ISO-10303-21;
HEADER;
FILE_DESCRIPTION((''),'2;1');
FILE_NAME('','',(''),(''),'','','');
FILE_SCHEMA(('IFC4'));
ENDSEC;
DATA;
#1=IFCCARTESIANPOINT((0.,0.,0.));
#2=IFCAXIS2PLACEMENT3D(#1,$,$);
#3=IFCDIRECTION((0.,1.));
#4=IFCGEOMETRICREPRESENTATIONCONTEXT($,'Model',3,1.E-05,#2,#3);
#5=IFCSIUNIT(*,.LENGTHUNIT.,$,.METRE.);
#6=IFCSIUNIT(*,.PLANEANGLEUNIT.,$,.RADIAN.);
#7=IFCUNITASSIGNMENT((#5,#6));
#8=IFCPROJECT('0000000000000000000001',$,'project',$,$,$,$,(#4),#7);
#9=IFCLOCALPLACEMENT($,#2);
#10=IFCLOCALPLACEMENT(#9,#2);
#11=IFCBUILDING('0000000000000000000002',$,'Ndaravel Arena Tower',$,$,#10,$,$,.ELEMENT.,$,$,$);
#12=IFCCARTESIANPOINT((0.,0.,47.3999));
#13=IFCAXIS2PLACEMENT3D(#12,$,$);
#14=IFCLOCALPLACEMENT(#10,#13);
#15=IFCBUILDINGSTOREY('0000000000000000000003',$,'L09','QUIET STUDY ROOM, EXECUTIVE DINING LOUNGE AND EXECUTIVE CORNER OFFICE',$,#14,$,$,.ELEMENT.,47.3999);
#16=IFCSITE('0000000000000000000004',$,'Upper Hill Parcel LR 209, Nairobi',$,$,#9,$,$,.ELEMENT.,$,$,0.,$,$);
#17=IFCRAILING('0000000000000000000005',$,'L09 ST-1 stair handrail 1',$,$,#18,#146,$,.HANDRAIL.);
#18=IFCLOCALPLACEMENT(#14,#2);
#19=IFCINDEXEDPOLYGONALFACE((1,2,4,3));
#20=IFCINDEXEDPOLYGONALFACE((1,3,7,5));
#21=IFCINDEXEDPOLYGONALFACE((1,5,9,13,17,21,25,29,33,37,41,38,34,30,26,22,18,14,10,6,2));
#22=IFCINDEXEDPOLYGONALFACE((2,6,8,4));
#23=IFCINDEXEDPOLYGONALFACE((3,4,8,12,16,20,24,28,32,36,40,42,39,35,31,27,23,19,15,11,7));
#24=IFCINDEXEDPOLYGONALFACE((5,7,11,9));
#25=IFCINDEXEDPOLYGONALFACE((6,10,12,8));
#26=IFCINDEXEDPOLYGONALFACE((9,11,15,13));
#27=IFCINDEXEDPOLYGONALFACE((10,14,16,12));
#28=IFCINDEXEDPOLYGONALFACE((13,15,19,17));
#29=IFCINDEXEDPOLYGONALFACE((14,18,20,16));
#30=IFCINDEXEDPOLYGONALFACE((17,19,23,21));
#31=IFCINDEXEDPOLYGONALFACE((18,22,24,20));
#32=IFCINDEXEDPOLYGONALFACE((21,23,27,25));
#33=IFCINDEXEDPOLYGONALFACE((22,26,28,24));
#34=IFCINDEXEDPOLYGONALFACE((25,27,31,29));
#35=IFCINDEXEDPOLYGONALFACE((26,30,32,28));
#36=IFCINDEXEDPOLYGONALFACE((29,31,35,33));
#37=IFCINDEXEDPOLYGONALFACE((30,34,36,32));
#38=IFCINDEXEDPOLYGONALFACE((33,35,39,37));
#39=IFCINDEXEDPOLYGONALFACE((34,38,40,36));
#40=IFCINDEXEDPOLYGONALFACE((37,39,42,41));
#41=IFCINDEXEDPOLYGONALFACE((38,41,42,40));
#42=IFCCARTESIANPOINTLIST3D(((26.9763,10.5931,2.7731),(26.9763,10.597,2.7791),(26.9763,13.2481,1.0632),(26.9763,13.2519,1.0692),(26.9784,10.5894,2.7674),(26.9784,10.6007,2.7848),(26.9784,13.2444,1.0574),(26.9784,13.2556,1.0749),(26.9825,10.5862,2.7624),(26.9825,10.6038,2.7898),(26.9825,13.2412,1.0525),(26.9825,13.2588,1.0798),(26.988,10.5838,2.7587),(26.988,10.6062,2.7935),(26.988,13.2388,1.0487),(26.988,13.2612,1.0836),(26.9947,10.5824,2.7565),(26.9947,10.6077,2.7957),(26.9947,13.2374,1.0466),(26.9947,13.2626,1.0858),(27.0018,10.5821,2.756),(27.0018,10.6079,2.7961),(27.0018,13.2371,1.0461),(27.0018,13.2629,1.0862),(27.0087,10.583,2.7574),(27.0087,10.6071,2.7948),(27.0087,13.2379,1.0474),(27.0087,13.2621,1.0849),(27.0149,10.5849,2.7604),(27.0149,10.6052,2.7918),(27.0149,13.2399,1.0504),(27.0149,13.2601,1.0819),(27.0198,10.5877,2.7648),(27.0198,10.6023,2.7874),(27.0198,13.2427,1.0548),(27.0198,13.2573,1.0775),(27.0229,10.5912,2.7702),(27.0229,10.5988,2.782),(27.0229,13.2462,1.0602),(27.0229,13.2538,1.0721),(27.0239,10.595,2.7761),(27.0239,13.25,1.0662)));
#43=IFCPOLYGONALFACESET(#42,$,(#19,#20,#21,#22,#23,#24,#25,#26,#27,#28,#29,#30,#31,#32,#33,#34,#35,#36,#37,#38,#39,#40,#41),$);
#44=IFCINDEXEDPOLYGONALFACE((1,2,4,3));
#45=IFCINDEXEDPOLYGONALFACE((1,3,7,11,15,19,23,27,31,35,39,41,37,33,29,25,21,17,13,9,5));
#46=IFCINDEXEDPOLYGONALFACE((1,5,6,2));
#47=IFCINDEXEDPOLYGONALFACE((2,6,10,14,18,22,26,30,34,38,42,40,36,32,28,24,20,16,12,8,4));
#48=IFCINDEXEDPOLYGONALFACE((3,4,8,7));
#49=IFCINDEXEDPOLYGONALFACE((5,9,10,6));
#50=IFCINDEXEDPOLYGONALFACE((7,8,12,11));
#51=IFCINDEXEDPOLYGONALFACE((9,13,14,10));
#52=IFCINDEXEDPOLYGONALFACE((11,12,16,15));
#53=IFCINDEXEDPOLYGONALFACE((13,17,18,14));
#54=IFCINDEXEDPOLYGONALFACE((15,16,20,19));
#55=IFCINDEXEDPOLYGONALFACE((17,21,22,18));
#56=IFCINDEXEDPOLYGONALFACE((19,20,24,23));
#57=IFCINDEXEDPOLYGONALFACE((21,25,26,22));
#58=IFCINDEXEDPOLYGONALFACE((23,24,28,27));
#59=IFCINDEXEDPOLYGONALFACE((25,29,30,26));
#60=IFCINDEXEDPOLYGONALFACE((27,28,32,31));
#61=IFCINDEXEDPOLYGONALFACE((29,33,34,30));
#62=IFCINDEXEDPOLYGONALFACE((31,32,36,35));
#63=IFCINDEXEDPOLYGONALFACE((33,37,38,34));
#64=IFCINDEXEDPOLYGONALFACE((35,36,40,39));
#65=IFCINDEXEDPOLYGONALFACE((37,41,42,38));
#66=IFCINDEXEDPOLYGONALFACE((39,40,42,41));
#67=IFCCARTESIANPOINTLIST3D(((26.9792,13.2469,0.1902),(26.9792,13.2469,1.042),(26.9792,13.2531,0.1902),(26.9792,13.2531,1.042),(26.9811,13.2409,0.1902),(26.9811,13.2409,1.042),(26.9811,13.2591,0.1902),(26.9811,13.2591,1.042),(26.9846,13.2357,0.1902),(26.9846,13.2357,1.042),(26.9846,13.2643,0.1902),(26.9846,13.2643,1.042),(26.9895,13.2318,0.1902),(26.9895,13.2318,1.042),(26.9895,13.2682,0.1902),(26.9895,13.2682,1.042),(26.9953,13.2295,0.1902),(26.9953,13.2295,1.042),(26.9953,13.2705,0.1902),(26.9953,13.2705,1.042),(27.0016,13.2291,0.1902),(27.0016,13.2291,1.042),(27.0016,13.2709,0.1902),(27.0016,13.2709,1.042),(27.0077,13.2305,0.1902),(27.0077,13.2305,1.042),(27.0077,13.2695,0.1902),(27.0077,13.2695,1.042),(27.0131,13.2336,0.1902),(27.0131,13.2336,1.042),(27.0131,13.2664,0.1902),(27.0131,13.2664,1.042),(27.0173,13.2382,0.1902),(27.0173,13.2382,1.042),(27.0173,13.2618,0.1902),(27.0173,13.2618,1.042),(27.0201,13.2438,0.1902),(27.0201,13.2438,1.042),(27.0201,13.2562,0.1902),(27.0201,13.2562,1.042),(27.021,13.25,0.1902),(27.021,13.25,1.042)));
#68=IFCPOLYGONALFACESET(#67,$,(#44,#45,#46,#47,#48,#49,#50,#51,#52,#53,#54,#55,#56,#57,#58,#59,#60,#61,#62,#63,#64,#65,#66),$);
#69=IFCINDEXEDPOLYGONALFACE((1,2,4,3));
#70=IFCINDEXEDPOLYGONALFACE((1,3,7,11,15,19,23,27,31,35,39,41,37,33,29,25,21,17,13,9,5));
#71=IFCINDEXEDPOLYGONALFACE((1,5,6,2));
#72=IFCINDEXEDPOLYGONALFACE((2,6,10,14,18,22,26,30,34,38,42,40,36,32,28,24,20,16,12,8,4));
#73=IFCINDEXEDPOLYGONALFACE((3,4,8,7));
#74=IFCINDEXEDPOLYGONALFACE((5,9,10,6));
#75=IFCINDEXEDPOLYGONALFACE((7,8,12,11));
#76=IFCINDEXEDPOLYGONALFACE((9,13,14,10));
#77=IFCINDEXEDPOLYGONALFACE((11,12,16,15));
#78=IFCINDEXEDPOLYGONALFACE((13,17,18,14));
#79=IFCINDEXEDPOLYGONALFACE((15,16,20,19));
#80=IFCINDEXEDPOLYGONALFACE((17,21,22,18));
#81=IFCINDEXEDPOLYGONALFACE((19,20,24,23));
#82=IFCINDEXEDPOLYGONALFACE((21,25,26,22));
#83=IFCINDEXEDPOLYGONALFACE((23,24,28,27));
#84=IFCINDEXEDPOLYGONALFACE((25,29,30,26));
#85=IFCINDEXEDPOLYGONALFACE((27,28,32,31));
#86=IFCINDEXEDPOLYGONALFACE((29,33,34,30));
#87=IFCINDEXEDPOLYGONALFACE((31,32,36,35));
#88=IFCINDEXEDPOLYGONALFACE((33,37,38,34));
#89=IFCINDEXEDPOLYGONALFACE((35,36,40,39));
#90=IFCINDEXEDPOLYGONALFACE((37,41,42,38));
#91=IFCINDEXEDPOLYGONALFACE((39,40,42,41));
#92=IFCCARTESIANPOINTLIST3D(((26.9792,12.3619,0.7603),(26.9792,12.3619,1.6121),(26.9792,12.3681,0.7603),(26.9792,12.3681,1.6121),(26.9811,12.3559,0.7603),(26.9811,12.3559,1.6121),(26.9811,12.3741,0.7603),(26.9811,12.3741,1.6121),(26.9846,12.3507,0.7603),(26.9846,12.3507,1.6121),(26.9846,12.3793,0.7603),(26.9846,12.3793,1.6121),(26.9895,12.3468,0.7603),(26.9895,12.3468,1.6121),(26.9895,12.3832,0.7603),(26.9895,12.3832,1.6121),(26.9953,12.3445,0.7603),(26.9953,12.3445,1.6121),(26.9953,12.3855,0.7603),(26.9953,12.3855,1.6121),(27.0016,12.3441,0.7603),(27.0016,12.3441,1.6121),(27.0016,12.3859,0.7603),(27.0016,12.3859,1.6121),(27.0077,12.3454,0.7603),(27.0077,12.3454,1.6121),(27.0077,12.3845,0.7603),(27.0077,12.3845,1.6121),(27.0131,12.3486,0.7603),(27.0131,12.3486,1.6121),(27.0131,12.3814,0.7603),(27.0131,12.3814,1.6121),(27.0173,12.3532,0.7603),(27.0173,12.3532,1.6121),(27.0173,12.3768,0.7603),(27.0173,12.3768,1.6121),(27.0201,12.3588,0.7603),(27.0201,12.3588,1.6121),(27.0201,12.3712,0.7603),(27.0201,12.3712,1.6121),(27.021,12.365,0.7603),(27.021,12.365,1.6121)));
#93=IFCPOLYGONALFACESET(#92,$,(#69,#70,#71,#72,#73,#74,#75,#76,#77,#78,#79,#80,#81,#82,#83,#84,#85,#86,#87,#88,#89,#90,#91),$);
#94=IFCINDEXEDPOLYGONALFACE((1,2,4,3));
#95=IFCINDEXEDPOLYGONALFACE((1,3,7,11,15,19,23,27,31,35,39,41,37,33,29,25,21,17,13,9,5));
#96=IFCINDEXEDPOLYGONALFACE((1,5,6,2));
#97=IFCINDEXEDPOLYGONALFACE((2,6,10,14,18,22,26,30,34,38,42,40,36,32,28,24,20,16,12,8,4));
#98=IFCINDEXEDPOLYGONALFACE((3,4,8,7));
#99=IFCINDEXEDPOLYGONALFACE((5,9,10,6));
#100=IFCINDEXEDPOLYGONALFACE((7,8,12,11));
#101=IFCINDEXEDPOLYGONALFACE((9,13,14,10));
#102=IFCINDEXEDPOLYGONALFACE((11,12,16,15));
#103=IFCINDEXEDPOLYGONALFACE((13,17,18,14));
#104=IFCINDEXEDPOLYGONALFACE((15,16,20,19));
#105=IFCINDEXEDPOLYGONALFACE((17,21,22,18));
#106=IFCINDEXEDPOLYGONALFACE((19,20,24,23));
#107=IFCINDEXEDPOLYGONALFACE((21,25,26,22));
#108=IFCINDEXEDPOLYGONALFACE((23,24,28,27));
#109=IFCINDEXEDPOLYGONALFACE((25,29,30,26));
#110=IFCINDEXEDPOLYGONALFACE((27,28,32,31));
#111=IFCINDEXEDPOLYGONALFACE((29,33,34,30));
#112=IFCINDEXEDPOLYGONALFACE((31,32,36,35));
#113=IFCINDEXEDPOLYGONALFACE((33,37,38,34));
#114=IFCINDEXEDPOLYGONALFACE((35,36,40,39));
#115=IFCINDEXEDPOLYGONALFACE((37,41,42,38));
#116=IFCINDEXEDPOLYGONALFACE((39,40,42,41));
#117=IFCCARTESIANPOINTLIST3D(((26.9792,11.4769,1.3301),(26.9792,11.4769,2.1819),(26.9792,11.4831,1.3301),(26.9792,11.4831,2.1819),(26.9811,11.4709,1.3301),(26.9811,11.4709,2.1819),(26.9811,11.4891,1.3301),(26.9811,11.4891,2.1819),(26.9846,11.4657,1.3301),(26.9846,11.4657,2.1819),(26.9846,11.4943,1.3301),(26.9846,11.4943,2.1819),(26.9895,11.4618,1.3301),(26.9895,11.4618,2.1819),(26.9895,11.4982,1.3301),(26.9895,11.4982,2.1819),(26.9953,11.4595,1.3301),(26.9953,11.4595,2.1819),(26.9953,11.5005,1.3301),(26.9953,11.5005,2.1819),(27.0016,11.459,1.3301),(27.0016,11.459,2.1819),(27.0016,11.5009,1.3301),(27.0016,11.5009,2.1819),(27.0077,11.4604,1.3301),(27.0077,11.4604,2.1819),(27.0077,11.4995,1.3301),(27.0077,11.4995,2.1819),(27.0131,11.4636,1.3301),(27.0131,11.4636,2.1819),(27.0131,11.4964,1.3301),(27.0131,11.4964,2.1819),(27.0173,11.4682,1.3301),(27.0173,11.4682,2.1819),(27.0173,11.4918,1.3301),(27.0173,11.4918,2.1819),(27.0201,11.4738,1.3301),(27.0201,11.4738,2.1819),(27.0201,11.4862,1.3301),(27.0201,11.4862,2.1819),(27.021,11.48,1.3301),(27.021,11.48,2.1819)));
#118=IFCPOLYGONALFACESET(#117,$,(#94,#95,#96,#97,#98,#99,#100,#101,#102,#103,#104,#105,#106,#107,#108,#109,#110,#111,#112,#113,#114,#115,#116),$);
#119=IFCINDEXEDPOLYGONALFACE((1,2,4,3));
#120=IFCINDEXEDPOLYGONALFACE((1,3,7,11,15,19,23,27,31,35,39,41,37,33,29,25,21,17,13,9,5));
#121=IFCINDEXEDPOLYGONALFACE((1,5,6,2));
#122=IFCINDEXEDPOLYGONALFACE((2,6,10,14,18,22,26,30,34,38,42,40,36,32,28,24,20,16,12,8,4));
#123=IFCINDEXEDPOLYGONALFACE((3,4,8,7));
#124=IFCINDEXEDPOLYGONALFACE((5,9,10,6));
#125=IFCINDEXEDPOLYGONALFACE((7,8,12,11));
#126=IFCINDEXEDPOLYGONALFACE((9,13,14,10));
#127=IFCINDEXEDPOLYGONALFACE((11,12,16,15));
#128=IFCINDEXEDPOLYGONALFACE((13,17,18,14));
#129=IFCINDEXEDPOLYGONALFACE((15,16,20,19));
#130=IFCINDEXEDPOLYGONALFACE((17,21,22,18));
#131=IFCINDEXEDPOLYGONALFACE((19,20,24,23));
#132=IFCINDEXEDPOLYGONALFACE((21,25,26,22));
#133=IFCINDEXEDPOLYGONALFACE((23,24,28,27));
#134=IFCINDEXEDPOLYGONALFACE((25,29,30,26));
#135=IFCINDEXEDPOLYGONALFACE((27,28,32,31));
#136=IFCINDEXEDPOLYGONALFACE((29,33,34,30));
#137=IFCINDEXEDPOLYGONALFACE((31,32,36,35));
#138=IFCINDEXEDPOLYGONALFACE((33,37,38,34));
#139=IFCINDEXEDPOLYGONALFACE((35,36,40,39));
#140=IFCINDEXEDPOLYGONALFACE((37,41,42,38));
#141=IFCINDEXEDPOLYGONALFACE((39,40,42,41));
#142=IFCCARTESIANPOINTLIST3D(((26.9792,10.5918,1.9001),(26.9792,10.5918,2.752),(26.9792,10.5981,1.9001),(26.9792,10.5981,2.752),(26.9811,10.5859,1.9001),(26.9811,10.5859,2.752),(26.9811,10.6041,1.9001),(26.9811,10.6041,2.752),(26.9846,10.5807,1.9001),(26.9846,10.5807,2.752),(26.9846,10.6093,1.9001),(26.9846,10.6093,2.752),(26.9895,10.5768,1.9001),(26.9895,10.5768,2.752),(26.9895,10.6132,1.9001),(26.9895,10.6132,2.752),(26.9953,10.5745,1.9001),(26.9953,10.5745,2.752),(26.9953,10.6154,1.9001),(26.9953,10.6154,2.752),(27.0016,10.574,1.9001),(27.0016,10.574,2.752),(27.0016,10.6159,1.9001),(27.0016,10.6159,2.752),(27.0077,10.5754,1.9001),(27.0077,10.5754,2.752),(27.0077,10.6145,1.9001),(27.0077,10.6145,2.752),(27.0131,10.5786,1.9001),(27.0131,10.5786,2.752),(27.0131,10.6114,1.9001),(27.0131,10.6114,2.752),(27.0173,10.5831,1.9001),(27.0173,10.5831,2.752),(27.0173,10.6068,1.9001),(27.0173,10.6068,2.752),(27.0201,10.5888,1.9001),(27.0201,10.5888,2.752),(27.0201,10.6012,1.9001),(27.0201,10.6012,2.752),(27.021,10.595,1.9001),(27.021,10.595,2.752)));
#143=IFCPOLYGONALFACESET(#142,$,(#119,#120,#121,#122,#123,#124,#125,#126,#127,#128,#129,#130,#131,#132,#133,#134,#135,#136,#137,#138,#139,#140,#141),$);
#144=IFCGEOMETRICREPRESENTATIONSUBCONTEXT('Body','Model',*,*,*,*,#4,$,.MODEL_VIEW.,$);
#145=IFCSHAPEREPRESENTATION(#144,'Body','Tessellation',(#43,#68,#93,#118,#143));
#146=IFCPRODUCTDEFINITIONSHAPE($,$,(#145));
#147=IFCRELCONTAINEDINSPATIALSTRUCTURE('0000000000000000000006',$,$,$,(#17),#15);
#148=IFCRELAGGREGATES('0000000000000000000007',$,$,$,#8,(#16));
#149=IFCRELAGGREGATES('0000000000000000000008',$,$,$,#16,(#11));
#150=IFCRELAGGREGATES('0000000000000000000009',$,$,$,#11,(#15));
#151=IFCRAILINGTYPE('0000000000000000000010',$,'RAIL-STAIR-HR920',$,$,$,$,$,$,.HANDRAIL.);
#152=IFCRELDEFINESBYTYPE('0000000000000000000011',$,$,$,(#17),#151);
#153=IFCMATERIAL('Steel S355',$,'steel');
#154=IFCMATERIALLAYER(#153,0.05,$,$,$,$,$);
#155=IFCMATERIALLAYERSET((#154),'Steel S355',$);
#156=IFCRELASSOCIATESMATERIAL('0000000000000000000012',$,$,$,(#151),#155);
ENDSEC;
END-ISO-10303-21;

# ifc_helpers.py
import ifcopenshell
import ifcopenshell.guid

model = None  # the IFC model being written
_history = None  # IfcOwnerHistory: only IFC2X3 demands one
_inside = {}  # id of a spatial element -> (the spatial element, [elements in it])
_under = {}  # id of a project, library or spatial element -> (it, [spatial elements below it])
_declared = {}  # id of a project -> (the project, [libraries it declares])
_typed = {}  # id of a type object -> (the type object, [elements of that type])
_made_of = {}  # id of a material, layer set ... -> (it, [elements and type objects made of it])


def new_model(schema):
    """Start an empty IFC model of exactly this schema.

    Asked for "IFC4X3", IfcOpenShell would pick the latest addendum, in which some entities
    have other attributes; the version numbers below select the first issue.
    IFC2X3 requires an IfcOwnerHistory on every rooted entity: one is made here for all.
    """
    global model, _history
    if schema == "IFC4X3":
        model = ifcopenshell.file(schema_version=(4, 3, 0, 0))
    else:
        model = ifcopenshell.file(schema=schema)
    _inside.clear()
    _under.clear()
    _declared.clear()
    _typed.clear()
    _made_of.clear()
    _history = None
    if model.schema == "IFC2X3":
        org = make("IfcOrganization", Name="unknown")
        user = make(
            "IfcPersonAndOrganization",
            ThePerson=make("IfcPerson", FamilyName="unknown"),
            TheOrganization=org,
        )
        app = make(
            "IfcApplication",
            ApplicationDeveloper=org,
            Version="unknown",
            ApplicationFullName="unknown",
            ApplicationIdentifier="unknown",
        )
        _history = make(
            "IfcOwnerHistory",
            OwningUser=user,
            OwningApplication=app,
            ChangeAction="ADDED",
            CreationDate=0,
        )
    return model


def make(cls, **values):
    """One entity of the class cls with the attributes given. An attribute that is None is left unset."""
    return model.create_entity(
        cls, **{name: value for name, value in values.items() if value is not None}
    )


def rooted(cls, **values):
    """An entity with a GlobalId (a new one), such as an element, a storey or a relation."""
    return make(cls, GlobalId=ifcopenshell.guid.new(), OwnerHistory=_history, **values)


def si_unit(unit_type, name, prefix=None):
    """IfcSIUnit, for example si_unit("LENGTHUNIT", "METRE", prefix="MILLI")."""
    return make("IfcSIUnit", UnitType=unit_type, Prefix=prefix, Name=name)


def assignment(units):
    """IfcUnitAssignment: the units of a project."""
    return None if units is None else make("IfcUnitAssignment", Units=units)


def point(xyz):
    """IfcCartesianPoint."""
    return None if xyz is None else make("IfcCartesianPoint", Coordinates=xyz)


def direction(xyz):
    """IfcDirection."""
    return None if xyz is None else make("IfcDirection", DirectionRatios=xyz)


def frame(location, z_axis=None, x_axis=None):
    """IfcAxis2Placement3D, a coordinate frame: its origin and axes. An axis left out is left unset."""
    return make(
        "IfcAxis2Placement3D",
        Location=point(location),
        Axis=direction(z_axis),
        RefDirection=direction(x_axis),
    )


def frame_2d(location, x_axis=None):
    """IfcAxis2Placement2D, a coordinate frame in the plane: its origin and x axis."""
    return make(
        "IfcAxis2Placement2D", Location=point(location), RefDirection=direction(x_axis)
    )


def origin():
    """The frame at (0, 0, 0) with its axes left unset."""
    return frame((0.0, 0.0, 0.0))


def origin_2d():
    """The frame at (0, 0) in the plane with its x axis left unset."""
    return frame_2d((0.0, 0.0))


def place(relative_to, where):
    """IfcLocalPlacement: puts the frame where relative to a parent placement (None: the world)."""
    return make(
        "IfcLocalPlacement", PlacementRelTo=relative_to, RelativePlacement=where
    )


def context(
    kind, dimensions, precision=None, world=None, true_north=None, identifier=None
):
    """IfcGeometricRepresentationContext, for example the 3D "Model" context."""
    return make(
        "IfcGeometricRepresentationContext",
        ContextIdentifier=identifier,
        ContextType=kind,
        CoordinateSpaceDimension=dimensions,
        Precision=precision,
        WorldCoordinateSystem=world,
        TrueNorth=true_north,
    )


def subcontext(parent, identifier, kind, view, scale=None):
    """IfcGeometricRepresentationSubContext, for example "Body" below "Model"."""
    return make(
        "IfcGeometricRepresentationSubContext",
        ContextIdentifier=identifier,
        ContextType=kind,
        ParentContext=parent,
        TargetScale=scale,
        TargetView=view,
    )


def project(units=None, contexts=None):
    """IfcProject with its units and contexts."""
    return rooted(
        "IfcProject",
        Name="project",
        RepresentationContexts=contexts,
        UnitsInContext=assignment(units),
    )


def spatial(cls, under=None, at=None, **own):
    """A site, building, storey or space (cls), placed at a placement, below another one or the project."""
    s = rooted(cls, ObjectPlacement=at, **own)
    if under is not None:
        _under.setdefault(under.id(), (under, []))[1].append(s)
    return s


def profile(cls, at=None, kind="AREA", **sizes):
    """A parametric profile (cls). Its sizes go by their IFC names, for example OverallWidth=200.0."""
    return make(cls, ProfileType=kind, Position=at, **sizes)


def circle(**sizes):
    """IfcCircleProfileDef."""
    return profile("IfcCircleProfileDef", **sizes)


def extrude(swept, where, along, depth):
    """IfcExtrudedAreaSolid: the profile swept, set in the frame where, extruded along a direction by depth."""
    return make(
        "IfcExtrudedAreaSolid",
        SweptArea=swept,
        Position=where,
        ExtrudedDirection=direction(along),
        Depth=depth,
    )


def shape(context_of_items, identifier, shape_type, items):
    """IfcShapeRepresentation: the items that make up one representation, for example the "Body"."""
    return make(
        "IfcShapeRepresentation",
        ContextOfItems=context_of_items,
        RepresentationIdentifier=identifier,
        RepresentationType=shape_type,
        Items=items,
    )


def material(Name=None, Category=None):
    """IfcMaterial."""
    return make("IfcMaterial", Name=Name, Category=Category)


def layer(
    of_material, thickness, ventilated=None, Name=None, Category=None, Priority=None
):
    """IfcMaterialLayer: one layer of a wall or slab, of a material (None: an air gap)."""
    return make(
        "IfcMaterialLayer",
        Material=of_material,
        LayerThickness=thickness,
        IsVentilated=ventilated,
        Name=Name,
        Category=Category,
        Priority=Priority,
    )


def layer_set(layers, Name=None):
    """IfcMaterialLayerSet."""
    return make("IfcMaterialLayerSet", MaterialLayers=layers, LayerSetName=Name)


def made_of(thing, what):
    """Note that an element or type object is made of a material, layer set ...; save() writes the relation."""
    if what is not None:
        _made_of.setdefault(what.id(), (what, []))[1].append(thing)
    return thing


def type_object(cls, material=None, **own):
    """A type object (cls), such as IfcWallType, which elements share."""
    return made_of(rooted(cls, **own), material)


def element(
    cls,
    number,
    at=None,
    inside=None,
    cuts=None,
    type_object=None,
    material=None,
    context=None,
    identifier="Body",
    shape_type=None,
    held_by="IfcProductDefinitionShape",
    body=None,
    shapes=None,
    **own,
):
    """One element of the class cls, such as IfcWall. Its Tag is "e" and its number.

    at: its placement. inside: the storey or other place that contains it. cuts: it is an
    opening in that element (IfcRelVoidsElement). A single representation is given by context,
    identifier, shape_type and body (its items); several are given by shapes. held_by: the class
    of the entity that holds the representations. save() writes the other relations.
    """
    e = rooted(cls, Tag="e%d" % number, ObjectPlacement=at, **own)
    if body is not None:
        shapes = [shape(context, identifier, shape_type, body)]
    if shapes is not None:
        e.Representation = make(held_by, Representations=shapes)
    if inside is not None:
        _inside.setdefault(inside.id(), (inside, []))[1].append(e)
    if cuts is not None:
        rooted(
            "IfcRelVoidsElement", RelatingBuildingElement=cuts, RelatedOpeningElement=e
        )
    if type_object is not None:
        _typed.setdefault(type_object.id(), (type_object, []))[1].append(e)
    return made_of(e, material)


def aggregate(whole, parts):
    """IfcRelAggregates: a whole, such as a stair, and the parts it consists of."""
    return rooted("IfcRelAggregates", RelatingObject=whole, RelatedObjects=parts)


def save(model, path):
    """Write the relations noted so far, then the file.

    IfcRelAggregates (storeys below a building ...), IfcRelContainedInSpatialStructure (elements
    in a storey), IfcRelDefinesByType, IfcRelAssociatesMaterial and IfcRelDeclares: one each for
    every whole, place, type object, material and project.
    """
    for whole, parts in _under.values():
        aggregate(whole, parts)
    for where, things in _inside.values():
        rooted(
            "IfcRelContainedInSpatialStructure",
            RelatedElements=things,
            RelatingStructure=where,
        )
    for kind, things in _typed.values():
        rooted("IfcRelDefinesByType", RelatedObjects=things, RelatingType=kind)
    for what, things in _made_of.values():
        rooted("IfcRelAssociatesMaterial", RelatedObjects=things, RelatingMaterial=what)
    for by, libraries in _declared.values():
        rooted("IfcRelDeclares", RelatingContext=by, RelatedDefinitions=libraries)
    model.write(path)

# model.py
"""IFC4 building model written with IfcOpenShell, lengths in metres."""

from ifc_helpers import new_model, si_unit, direction, frame, origin, origin_2d, place, context, subcontext, project, spatial, circle, extrude, material, layer, layer_set, type_object, element, save


model = new_model("IFC4")

# Units and contexts
model_context = context("Model", 3, precision=1e-05, world=origin(), true_north=direction((0.0, 1.0)))
body_context = subcontext(model_context, "Body", "Model", "MODEL_VIEW")
ifc_project = project(units=[si_unit("LENGTHUNIT", "METRE"), si_unit("PLANEANGLEUNIT", "RADIAN")], contexts=[model_context])

# Site, building, storey
site_placement = place(None, origin())
site = spatial("IfcSite", under=ifc_project, at=site_placement, Name="Upper Hill Parcel LR 209, Nairobi", CompositionType="ELEMENT", RefElevation=0.0)
building_placement = place(site_placement, origin())
building = spatial("IfcBuilding", under=site, at=building_placement, Name="Ndaravel Arena Tower", CompositionType="ELEMENT")
storey_placement = place(building_placement, frame((0.0, 0.0, 47.3999)))
storey = spatial("IfcBuildingStorey", under=building, at=storey_placement, Name="L09", Description="QUIET STUDY ROOM, EXECUTIVE DINING LOUNGE AND EXECUTIVE CORNER OFFICE", CompositionType="ELEMENT", Elevation=47.3999)

# Railing
ifc_material_1 = material(Name="Steel S355", Category="steel")
ifc_layer_1 = layer(ifc_material_1, 0.05)
ifc_layer_set_1 = layer_set([ifc_layer_1], Name="Steel S355")
railing_type_1 = type_object("IfcRailingType", Name="RAIL-STAIR-HR920", PredefinedType="HANDRAIL", material=ifc_layer_set_1)
railing_1_placement = place(storey_placement, frame((27.0, 13.25, 0.1902)))
element("IfcRailing", 1, at=railing_1_placement, inside=storey, type_object=railing_type_1, Name="L09 ST-1 stair handrail 1", PredefinedType="HANDRAIL", context=body_context, shape_type="SweptSolid", body=[
    extrude(circle(Radius=0.0239, at=origin_2d()), frame((0.0, 0.0, 0.876), z_axis=(0.0, -0.840724, 0.541465), x_axis=(1.0, 0.0, 0.0)), (0.0, 0.0, 1.0), 3.158),
    extrude(circle(Radius=0.021, at=origin_2d()), origin(), (0.0, 0.0, 1.0), 0.8518),
    extrude(circle(Radius=0.021, at=origin_2d()), frame((0.0, -0.885, 0.5701)), (0.0, 0.0, 1.0), 0.8518),
    extrude(circle(Radius=0.021, at=origin_2d()), frame((0.0, -1.77, 1.1399)), (0.0, 0.0, 1.0), 0.8518),
    extrude(circle(Radius=0.021, at=origin_2d()), frame((0.0, -2.655, 1.71)), (0.0, 0.0, 1.0), 0.8518),
])

save(model, "model.ifc")
